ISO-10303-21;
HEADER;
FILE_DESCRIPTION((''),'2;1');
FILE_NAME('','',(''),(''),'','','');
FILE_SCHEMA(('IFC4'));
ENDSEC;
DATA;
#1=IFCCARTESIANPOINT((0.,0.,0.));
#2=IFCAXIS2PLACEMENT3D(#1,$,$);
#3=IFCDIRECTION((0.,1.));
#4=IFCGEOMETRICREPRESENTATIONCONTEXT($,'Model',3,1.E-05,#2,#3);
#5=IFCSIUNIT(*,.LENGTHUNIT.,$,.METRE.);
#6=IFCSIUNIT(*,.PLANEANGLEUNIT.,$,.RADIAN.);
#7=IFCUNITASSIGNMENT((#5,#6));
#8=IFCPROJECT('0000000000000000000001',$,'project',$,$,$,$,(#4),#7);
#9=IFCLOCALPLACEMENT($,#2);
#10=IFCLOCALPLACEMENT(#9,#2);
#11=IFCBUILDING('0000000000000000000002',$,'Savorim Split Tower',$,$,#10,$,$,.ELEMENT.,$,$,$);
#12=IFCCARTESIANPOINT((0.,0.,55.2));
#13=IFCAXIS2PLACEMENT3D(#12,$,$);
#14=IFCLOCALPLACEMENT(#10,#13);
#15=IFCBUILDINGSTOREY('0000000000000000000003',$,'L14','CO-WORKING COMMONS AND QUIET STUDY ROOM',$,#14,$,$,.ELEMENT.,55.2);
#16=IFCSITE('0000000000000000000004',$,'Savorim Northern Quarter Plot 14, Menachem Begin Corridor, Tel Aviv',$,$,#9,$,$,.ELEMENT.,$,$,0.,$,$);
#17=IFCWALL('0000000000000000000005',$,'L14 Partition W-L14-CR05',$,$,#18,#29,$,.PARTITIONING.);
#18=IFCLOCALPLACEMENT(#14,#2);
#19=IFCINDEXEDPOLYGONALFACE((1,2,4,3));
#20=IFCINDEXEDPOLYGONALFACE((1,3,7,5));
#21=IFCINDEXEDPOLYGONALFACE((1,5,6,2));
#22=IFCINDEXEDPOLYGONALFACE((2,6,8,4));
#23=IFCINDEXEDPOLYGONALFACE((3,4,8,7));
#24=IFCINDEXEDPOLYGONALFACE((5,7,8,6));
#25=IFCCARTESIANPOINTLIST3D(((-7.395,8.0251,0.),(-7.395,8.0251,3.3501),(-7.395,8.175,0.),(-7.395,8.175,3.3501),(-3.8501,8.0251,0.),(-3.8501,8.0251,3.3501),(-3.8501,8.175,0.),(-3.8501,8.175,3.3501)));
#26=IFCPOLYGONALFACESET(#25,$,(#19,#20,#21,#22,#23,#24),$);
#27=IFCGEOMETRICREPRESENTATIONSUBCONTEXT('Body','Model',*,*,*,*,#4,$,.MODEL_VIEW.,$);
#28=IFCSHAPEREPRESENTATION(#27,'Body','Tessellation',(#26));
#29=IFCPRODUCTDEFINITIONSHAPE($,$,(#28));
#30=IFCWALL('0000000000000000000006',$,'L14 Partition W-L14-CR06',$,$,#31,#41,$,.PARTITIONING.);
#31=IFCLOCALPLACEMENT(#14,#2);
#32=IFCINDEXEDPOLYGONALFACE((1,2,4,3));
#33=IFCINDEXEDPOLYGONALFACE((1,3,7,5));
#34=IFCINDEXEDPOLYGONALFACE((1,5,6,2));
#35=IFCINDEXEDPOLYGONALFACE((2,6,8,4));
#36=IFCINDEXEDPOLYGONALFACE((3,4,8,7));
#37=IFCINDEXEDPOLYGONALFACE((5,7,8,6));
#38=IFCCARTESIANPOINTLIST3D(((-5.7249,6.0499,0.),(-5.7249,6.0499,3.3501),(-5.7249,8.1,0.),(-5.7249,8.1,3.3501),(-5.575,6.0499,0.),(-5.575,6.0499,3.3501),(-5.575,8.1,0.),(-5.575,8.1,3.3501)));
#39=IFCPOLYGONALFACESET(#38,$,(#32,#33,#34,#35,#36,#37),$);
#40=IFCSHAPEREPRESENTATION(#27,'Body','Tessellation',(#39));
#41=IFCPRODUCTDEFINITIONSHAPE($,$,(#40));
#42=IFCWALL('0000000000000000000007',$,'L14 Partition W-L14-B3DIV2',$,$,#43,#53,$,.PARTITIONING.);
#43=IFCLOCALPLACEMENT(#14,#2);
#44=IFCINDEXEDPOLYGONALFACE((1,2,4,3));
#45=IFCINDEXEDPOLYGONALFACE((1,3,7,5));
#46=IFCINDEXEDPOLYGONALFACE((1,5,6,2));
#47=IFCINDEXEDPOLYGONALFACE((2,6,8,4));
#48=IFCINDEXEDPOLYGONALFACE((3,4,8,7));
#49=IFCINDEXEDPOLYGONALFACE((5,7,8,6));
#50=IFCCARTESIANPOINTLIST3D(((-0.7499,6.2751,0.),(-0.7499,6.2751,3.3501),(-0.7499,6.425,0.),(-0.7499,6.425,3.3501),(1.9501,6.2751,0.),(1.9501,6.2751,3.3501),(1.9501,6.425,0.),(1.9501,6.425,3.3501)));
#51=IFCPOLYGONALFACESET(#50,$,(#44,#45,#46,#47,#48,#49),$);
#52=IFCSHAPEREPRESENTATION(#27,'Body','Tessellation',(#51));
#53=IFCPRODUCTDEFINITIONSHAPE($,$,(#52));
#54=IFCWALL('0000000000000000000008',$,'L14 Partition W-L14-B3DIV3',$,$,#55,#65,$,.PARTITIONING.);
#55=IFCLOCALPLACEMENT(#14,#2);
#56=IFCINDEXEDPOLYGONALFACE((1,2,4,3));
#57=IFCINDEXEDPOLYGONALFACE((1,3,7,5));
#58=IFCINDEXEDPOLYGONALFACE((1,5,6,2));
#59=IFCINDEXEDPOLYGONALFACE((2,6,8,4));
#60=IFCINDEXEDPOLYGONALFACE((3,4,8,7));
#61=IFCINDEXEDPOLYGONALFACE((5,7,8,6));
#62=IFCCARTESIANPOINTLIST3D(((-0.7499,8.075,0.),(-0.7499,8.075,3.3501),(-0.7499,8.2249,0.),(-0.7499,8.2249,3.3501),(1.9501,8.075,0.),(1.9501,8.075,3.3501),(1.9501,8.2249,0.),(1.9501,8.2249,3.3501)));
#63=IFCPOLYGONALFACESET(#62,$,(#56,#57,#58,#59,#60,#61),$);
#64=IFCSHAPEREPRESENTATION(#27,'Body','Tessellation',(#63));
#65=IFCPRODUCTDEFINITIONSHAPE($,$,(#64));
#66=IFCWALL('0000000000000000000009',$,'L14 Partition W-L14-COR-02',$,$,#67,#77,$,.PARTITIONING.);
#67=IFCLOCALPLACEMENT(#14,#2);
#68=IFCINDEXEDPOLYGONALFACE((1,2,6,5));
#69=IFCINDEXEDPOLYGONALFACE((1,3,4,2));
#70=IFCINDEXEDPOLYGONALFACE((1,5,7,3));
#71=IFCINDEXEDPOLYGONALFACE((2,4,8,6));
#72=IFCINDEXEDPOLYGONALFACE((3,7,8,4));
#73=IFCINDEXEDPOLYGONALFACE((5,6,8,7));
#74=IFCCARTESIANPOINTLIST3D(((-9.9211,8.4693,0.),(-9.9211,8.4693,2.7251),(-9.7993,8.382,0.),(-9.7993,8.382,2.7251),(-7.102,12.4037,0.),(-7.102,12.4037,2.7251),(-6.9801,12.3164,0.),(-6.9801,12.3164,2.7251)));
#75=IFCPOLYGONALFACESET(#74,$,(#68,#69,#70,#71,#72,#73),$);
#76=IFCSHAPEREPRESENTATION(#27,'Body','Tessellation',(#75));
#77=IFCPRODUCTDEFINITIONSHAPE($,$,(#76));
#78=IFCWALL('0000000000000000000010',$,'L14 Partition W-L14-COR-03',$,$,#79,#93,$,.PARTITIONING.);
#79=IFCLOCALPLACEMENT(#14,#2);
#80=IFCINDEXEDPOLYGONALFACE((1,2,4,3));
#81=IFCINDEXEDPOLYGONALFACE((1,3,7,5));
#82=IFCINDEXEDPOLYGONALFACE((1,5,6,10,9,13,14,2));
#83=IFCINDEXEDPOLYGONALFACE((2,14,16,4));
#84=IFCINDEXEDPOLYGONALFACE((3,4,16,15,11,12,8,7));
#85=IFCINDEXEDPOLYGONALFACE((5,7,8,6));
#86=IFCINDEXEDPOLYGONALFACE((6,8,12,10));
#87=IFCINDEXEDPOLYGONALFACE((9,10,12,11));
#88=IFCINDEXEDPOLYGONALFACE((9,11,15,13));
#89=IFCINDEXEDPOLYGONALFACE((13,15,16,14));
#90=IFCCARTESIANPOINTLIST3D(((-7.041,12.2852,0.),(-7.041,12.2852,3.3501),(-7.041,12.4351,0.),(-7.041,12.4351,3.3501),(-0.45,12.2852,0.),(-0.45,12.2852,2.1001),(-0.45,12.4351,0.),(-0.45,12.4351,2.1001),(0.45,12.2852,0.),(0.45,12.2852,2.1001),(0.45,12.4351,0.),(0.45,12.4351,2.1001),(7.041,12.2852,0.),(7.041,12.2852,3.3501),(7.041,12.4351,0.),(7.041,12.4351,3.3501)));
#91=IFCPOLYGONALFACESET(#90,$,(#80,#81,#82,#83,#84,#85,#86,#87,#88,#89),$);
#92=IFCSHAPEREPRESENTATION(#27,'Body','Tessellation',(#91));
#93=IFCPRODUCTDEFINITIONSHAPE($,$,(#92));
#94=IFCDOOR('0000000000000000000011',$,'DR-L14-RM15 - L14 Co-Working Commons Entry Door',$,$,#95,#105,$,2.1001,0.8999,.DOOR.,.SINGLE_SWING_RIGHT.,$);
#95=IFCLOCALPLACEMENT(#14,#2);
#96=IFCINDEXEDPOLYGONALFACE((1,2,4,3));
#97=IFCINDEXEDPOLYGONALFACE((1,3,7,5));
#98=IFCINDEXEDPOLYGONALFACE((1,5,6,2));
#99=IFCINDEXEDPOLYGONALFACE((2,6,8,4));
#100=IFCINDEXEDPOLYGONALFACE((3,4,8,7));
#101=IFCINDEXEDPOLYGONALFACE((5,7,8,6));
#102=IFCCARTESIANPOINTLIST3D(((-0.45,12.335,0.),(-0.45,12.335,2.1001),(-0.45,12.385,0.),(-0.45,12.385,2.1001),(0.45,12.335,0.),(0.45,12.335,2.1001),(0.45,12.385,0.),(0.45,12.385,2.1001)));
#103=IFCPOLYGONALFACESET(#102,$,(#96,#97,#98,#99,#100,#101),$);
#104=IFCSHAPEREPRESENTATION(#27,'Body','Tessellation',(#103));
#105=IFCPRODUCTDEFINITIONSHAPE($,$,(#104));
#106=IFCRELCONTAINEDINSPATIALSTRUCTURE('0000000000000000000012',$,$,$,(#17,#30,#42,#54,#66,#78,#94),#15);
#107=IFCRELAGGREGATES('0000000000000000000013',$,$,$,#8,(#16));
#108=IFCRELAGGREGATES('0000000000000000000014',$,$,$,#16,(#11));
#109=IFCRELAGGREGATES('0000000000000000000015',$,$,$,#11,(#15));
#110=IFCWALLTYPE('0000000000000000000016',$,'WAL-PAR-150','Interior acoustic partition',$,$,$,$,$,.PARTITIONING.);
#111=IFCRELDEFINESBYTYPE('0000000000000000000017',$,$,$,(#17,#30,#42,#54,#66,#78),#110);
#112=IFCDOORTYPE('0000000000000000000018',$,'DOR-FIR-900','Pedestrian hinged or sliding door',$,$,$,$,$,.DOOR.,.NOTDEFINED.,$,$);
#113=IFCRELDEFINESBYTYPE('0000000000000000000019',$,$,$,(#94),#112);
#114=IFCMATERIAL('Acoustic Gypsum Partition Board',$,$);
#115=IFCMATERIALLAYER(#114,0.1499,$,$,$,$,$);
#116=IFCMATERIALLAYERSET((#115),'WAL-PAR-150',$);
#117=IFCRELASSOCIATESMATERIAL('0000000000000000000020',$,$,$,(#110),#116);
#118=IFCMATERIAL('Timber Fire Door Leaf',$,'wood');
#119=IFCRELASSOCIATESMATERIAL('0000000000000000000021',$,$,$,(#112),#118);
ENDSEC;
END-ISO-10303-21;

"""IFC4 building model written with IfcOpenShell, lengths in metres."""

from ifc_helpers import new_model, si_unit, direction, frame, frame_2d, origin, place, context, subcontext, project, spatial, rectangle, extrude, material, layer, layer_set, type_object, element, fill, save


model = new_model("IFC4")

# Units and contexts
model_context = context("Model", 3, precision=1e-05, world=origin(), true_north=direction((0.0, 1.0)))
body_context = subcontext(model_context, "Body", "Model", "MODEL_VIEW")
ifc_project = project(units=[si_unit("LENGTHUNIT", "METRE"), si_unit("PLANEANGLEUNIT", "RADIAN")], contexts=[model_context])

# Site, building, storey
site_placement = place(None, origin())
site = spatial("IfcSite", under=ifc_project, at=site_placement, Name="Savorim Northern Quarter Plot 14, Menachem Begin Corridor, Tel Aviv", CompositionType="ELEMENT", RefElevation=0.0)
building_placement = place(site_placement, origin())
building = spatial("IfcBuilding", under=site, at=building_placement, Name="Savorim Split Tower", CompositionType="ELEMENT")
storey_placement = place(building_placement, frame((0.0, 0.0, 55.2)))
storey = spatial("IfcBuildingStorey", under=building, at=storey_placement, Name="L14", Description="CO-WORKING COMMONS AND QUIET STUDY ROOM", CompositionType="ELEMENT", Elevation=55.2)

# Walls
ifc_material_1 = material(Name="Acoustic Gypsum Partition Board")
ifc_layer_1 = layer(ifc_material_1, 0.1499)
ifc_layer_set_1 = layer_set([ifc_layer_1], Name="WAL-PAR-150")
wall_type_1 = type_object("IfcWallType", Name="WAL-PAR-150", Description="Interior acoustic partition", PredefinedType="PARTITIONING", material=ifc_layer_set_1)
wall_1_placement = place(storey_placement, frame((-7.395, 8.1001, 0.0), z_axis=(0.0, 0.0, 1.0), x_axis=(1.0, 0.0, 0.0)))
element("IfcWall", 1, at=wall_1_placement, inside=storey, type_object=wall_type_1, Name="L14 Partition W-L14-CR05", PredefinedType="PARTITIONING", context=body_context, shape_type="SweptSolid", body=[
    extrude(rectangle(XDim=3.5449, YDim=0.1499, at=frame_2d((1.7725, 0.0))), origin(), (0.0, 0.0, 1.0), 3.3501),
])
wall_2_placement = place(storey_placement, frame((-5.6499, 6.05, 0.0), z_axis=(0.0, 0.0, 1.0), x_axis=(0.0, 1.0, 0.0)))
element("IfcWall", 2, at=wall_2_placement, inside=storey, type_object=wall_type_1, Name="L14 Partition W-L14-CR06", PredefinedType="PARTITIONING", context=body_context, shape_type="SweptSolid", body=[
    extrude(rectangle(XDim=2.05, YDim=0.1499, at=frame_2d((1.0249, 0.0))), origin(), (0.0, 0.0, 1.0), 3.3501),
])
for number, where, z_axis, x_axis, name in (
    (3, (-0.75, 6.3501, 0.0), (0.0, 0.0, 1.0), (1.0, 0.0, 0.0), "L14 Partition W-L14-B3DIV2"),
    (4, (-0.75, 8.1499, 0.0), (0.0, 0.0, 1.0), (1.0, 0.0, 0.0), "L14 Partition W-L14-B3DIV3"),
):
    element("IfcWall", number, at=place(storey_placement, frame(where, z_axis=z_axis, x_axis=x_axis)), inside=storey, type_object=wall_type_1, Name=name, PredefinedType="PARTITIONING", context=body_context, shape_type="SweptSolid", body=[
        extrude(rectangle(XDim=2.7, YDim=0.1499, at=frame_2d((1.3501, 0.0))), origin(), (0.0, 0.0, 1.0), 3.3501),
    ])
wall_3_placement = place(storey_placement, frame((-9.8601, 8.4258, 0.0), z_axis=(0.0, 0.0, 1.0), x_axis=(0.58245, 0.812867, 0.0)))
element("IfcWall", 5, at=wall_3_placement, inside=storey, type_object=wall_type_1, Name="L14 Partition W-L14-COR-02", PredefinedType="PARTITIONING", context=body_context, shape_type="SweptSolid", body=[
    extrude(rectangle(XDim=4.8401, YDim=0.1499, at=frame_2d((2.4199, 0.0))), origin(), (0.0, 0.0, 1.0), 2.7251),
])

# Wall, opening, door
wall_4_placement = place(storey_placement, frame((-7.041, 12.3601, 0.0), z_axis=(0.0, 0.0, 1.0), x_axis=(1.0, 0.0, 0.0)))
wall_4 = element("IfcWall", 6, at=wall_4_placement, inside=storey, type_object=wall_type_1, Name="L14 Partition W-L14-COR-03", PredefinedType="PARTITIONING", context=body_context, shape_type="SweptSolid", body=[
    extrude(rectangle(XDim=14.082, YDim=0.1499, at=frame_2d((7.041, 0.0))), origin(), (0.0, 0.0, 1.0), 3.3501),
])
opening_1_placement = place(wall_4_placement, frame((6.5911, 0.0, 0.0)))
opening_1 = element("IfcOpeningElement", 7, at=opening_1_placement, cuts=wall_4, PredefinedType="OPENING", context=body_context, shape_type="SweptSolid", body=[
    extrude(rectangle(XDim=0.8999, YDim=2.1001, at=frame_2d((0.45, 1.05))), frame((0.0, 0.085, 0.0), z_axis=(0.0, -1.0, 0.0), x_axis=(1.0, 0.0, 0.0)), (0.0, 0.0, 1.0), 0.1699),
])
ifc_material_2 = material(Name="Timber Fire Door Leaf", Category="wood")
door_type_1 = type_object("IfcDoorType", Name="DOR-FIR-900", Description="Pedestrian hinged or sliding door", OperationType="NOTDEFINED", PredefinedType="DOOR", material=ifc_material_2)
door_1_placement = place(opening_1_placement, origin())
door_1 = element("IfcDoor", 8, at=door_1_placement, inside=storey, type_object=door_type_1, Name="DR-L14-RM15 - L14 Co-Working Commons Entry Door", OperationType="SINGLE_SWING_RIGHT", OverallHeight=2.1001, OverallWidth=0.8999, PredefinedType="DOOR", context=body_context, shape_type="SweptSolid", body=[
    extrude(rectangle(XDim=0.8999, YDim=2.1001, at=frame_2d((0.45, 1.05))), frame((0.0, 0.0249, 0.0), z_axis=(0.0, -1.0, 0.0), x_axis=(1.0, 0.0, 0.0)), (0.0, 0.0, 1.0), 0.05),
])
fill(opening_1, door_1)

save(model, "model.ifc")
